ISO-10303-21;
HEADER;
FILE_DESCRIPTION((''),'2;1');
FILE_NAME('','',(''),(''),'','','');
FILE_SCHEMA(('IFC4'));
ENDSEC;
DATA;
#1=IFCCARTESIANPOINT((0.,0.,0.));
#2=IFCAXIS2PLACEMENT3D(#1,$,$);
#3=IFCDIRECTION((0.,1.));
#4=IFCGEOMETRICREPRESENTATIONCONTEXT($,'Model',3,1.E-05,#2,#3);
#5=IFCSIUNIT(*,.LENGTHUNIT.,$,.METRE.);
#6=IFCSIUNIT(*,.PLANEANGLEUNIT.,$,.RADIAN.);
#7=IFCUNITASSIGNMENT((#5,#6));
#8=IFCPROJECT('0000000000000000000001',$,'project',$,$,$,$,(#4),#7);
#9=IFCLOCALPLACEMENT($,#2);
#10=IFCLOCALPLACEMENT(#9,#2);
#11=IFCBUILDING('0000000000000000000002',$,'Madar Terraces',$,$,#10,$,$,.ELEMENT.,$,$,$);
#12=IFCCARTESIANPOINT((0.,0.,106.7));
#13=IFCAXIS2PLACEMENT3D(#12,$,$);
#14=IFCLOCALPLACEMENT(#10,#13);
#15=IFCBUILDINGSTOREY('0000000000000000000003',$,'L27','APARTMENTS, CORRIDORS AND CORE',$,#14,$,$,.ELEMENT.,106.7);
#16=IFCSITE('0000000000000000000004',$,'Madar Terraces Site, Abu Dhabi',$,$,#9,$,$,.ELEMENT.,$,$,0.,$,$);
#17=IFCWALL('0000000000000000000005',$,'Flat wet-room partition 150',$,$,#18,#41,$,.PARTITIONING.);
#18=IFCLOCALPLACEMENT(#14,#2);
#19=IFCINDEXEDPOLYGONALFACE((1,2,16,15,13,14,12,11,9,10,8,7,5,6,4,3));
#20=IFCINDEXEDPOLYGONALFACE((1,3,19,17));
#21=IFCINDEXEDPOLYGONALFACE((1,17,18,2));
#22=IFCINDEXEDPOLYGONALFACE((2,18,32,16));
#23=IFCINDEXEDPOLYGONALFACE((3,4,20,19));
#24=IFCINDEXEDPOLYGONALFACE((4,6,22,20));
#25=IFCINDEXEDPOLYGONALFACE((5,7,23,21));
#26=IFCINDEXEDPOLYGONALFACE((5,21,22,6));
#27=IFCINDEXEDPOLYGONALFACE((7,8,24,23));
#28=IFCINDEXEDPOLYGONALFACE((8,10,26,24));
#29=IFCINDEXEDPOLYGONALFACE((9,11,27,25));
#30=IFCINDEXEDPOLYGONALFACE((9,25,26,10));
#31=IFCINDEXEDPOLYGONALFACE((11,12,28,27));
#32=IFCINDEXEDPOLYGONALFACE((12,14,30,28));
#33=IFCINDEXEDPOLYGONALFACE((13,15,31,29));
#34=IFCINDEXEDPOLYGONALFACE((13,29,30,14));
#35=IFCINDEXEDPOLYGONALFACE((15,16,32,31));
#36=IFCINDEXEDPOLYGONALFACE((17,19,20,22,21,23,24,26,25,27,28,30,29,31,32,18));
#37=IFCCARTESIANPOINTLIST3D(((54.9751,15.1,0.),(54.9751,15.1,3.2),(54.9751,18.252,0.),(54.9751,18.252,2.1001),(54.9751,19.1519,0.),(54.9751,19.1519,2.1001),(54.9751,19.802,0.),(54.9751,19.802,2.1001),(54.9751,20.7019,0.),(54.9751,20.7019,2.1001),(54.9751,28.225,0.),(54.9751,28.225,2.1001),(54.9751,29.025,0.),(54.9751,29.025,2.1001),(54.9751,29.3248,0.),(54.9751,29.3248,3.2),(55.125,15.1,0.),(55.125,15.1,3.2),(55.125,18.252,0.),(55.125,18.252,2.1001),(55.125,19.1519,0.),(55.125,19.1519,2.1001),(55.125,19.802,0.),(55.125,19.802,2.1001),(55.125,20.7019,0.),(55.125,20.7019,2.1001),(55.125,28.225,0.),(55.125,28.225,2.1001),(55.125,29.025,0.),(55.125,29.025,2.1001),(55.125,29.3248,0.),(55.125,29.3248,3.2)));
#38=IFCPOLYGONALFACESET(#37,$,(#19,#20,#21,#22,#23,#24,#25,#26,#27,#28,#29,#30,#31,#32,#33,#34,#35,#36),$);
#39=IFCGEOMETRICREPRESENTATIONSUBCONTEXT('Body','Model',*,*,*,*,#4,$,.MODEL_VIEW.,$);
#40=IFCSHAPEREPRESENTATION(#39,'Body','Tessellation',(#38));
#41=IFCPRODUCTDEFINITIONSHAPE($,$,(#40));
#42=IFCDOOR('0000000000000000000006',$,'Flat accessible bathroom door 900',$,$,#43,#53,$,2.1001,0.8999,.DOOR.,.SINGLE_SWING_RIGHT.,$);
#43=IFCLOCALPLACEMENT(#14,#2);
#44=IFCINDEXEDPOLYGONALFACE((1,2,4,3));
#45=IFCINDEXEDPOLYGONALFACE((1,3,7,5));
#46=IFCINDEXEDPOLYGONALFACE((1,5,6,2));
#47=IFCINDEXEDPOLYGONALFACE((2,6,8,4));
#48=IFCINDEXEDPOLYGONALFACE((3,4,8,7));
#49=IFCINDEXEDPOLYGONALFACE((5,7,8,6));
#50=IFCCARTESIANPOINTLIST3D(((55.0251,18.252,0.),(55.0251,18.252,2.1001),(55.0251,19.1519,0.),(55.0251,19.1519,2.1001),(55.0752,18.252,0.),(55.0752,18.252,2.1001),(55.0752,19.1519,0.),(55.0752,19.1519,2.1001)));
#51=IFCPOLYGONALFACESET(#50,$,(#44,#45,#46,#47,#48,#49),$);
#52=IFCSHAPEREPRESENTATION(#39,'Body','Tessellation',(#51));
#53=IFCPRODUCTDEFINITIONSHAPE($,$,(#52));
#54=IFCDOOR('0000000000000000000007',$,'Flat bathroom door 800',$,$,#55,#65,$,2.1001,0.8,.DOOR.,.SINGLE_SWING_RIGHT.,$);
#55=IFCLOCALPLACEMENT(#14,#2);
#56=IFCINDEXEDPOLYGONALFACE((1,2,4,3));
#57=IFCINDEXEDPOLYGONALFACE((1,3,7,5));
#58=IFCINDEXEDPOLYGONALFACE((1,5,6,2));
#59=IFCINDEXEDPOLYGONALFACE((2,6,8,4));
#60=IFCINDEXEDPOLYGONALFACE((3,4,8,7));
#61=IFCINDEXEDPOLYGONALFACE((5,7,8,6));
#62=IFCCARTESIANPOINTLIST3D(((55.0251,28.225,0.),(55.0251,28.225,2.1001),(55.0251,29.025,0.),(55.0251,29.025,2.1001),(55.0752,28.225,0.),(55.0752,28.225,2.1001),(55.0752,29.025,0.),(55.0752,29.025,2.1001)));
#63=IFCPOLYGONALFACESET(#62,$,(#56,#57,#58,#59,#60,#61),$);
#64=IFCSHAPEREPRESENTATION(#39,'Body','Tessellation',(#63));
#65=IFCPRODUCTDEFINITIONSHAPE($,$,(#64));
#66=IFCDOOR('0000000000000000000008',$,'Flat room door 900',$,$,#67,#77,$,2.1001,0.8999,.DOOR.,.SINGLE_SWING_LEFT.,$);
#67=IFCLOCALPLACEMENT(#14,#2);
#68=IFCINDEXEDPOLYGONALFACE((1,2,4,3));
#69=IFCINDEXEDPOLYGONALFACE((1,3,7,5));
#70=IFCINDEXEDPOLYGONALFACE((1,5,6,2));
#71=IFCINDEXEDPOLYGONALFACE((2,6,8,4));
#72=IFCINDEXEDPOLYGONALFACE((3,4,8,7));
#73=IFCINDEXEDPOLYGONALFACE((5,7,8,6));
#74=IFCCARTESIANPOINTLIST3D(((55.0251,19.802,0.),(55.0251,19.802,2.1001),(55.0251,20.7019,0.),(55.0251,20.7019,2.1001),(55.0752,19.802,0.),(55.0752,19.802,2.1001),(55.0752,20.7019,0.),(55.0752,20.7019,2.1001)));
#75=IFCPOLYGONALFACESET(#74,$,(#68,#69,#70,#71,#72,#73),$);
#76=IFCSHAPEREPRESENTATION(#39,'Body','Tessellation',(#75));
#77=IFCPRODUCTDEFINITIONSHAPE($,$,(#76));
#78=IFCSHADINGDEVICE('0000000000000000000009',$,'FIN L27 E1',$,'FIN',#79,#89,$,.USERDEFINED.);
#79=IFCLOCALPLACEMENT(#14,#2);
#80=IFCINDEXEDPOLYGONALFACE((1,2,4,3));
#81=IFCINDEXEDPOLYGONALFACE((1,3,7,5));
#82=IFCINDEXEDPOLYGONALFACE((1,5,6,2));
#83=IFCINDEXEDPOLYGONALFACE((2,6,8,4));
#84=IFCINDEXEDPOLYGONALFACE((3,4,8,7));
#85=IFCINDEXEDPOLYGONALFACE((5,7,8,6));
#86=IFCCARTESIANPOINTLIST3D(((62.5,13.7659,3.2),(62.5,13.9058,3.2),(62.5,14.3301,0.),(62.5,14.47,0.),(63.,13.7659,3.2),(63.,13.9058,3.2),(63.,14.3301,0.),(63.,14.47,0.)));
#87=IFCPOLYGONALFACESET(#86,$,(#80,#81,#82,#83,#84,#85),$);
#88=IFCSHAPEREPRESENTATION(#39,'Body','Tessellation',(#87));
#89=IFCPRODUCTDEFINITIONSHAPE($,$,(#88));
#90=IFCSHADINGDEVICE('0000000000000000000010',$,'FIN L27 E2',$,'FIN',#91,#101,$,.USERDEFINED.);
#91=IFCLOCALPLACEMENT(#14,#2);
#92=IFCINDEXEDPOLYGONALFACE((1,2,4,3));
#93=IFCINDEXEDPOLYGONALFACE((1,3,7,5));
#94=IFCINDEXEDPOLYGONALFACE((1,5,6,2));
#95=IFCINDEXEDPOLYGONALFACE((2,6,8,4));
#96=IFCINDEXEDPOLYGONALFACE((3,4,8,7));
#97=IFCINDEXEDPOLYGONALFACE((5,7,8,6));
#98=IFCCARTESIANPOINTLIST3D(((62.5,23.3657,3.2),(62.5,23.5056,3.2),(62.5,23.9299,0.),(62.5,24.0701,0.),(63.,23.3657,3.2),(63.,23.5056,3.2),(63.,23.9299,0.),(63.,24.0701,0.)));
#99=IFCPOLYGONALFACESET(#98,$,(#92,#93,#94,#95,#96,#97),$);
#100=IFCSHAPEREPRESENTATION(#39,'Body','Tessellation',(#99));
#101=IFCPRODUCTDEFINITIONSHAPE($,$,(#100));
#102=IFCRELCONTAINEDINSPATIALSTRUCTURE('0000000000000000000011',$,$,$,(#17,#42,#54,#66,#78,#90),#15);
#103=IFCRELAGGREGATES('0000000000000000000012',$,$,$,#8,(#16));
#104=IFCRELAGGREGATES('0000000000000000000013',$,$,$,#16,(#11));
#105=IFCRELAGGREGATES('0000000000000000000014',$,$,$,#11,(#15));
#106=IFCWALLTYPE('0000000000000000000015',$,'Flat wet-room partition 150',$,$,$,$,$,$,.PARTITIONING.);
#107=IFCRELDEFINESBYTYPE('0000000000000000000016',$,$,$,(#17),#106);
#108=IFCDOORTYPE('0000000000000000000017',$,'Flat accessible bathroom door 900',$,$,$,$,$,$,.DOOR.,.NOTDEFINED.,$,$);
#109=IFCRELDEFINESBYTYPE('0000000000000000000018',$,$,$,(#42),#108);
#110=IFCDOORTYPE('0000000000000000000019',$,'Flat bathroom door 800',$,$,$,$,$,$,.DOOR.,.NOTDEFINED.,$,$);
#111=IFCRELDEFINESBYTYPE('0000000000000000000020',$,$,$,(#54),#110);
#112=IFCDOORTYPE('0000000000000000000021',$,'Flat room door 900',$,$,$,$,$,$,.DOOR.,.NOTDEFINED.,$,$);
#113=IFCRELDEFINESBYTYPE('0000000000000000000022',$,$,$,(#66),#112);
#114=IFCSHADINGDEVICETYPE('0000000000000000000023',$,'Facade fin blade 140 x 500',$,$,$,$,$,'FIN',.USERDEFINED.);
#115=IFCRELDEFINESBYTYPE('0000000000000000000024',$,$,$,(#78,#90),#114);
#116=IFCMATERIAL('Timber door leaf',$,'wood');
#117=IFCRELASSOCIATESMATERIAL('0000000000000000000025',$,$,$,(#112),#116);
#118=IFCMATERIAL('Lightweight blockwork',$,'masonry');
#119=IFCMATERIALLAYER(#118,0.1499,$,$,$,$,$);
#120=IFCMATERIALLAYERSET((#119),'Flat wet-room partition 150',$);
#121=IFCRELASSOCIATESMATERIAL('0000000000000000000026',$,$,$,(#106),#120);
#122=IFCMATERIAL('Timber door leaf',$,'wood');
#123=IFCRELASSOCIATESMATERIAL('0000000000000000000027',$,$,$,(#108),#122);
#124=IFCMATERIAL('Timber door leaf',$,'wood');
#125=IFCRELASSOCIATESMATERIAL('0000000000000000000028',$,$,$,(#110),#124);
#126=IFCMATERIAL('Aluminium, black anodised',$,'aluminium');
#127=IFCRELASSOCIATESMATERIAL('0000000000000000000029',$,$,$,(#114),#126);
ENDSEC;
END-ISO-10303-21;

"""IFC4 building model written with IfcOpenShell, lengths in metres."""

from ifc_helpers import new_model, si_unit, direction, frame, frame_2d, origin, place, context, subcontext, project, spatial, polyline, rectangle, outline, extrude, material, layer, layer_set, type_object, element, fill, save


model = new_model("IFC4")

# Units and contexts
model_context = context("Model", 3, precision=1e-05, world=origin(), true_north=direction((0.0, 1.0)))
body_context = subcontext(model_context, "Body", "Model", "MODEL_VIEW")
ifc_project = project(units=[si_unit("LENGTHUNIT", "METRE"), si_unit("PLANEANGLEUNIT", "RADIAN")], contexts=[model_context])

# Site, building, storey
site_placement = place(None, origin())
site = spatial("IfcSite", under=ifc_project, at=site_placement, Name="Madar Terraces Site, Abu Dhabi", CompositionType="ELEMENT", RefElevation=0.0)
building_placement = place(site_placement, origin())
building = spatial("IfcBuilding", under=site, at=building_placement, Name="Madar Terraces", CompositionType="ELEMENT")
storey_placement = place(building_placement, frame((0.0, 0.0, 106.7)))
storey = spatial("IfcBuildingStorey", under=building, at=storey_placement, Name="L27", Description="APARTMENTS, CORRIDORS AND CORE", CompositionType="ELEMENT", Elevation=106.7)

# Shared definitions
ifc_material_1 = material(Name="Timber door leaf", Category="wood")
door_type_1 = type_object("IfcDoorType", Name="Flat room door 900", OperationType="NOTDEFINED", PredefinedType="DOOR", material=ifc_material_1)

# Shared definitions
ifc_material_2 = material(Name="Lightweight blockwork", Category="masonry")
ifc_layer_1 = layer(ifc_material_2, 0.1499)
ifc_layer_set_1 = layer_set([ifc_layer_1], Name="Flat wet-room partition 150")
wall_type_1 = type_object("IfcWallType", Name="Flat wet-room partition 150", PredefinedType="PARTITIONING", material=ifc_layer_set_1)

# Wall, openings, doors
wall_1_placement = place(storey_placement, frame((55.05, 15.1001, 0.0), z_axis=(0.0, 0.0, 1.0), x_axis=(0.0, 1.0, 0.0)))
wall_1 = element("IfcWall", 1, at=wall_1_placement, inside=storey, type_object=wall_type_1, Name="Flat wet-room partition 150", PredefinedType="PARTITIONING", context=body_context, shape_type="SweptSolid", body=[
    extrude(rectangle(XDim=14.2249, YDim=0.1499, at=frame_2d((7.1123, 0.0))), origin(), (0.0, 0.0, 1.0), 3.2),
])
opening_1_placement = place(wall_1_placement, frame((13.125, 0.0, 0.0)))
opening_1 = element("IfcOpeningElement", 2, at=opening_1_placement, cuts=wall_1, PredefinedType="OPENING", context=body_context, shape_type="SweptSolid", body=[
    extrude(rectangle(XDim=0.8, YDim=2.1001, at=frame_2d((0.3999, 1.05))), frame((0.0, 0.085, 0.0), z_axis=(0.0, -1.0, 0.0), x_axis=(1.0, 0.0, 0.0)), (0.0, 0.0, 1.0), 0.1699),
])
opening_2_placement = place(wall_1_placement, frame((4.7019, 0.0, 0.0)))
opening_2 = element("IfcOpeningElement", 3, at=opening_2_placement, cuts=wall_1, PredefinedType="OPENING", context=body_context, shape_type="SweptSolid", body=[
    extrude(rectangle(XDim=0.8999, YDim=2.1001, at=frame_2d((0.45, 1.05))), frame((0.0, 0.085, 0.0), z_axis=(0.0, -1.0, 0.0), x_axis=(1.0, 0.0, 0.0)), (0.0, 0.0, 1.0), 0.1699),
])
opening_3_placement = place(wall_1_placement, frame((3.1519, 0.0, 0.0)))
opening_3 = element("IfcOpeningElement", 4, at=opening_3_placement, cuts=wall_1, PredefinedType="OPENING", context=body_context, shape_type="SweptSolid", body=[
    extrude(rectangle(XDim=0.8999, YDim=2.1001, at=frame_2d((0.45, 1.05))), frame((0.0, 0.085, 0.0), z_axis=(0.0, -1.0, 0.0), x_axis=(1.0, 0.0, 0.0)), (0.0, 0.0, 1.0), 0.1699),
])
ifc_material_3 = material(Name="Timber door leaf", Category="wood")
door_type_2 = type_object("IfcDoorType", Name="Flat accessible bathroom door 900", OperationType="NOTDEFINED", PredefinedType="DOOR", material=ifc_material_3)
door_1_placement = place(opening_3_placement, origin())
door_1 = element("IfcDoor", 5, at=door_1_placement, inside=storey, type_object=door_type_2, Name="Flat accessible bathroom door 900", OperationType="SINGLE_SWING_RIGHT", OverallHeight=2.1001, OverallWidth=0.8999, PredefinedType="DOOR", context=body_context, shape_type="SweptSolid", body=[
    extrude(rectangle(XDim=0.8999, YDim=2.1001, at=frame_2d((0.45, 1.05))), frame((0.0, 0.0249, 0.0), z_axis=(0.0, -1.0, 0.0), x_axis=(1.0, 0.0, 0.0)), (0.0, 0.0, 1.0), 0.05),
])
fill(opening_3, door_1)
ifc_material_4 = material(Name="Timber door leaf", Category="wood")
door_type_3 = type_object("IfcDoorType", Name="Flat bathroom door 800", OperationType="NOTDEFINED", PredefinedType="DOOR", material=ifc_material_4)
door_2_placement = place(opening_1_placement, origin())
door_2 = element("IfcDoor", 6, at=door_2_placement, inside=storey, type_object=door_type_3, Name="Flat bathroom door 800", OperationType="SINGLE_SWING_RIGHT", OverallHeight=2.1001, OverallWidth=0.8, PredefinedType="DOOR", context=body_context, shape_type="SweptSolid", body=[
    extrude(rectangle(XDim=0.8, YDim=2.1001, at=frame_2d((0.3999, 1.05))), frame((0.0, 0.0249, 0.0), z_axis=(0.0, -1.0, 0.0), x_axis=(1.0, 0.0, 0.0)), (0.0, 0.0, 1.0), 0.05),
])
fill(opening_1, door_2)
door_3_placement = place(opening_2_placement, origin())
door_3 = element("IfcDoor", 7, at=door_3_placement, inside=storey, type_object=door_type_1, Name="Flat room door 900", OperationType="SINGLE_SWING_LEFT", OverallHeight=2.1001, OverallWidth=0.8999, PredefinedType="DOOR", context=body_context, shape_type="SweptSolid", body=[
    extrude(rectangle(XDim=0.8999, YDim=2.1001, at=frame_2d((0.45, 1.05))), frame((0.0, 0.0249, 0.0), z_axis=(0.0, -1.0, 0.0), x_axis=(1.0, 0.0, 0.0)), (0.0, 0.0, 1.0), 0.05),
])
fill(opening_2, door_3)

# Shading devices
ifc_material_5 = material(Name="Aluminium, black anodised", Category="aluminium")
shading_device_type = type_object("IfcShadingDeviceType", Name="Facade fin blade 140 x 500", ElementType="FIN", PredefinedType="USERDEFINED", material=ifc_material_5)
shading_device_1_placement = place(storey_placement, frame((62.75, 14.3301, 0.0), z_axis=(0.0, 0.0, 1.0), x_axis=(0.0, 1.0, 0.0)))
element("IfcShadingDevice", 8, at=shading_device_1_placement, inside=storey, type_object=shading_device_type, Name="FIN L27 E1", ObjectType="FIN", PredefinedType="USERDEFINED", context=body_context, shape_type="SweptSolid", body=[
    extrude(outline(polyline([(0.0, 0.0), (0.1399, 0.0), (-0.4243, 3.2), (-0.5642, 3.2), (0.0, 0.0)])), frame((0.0, 0.25, 0.0), z_axis=(0.0, -1.0, 0.0), x_axis=(1.0, 0.0, 0.0)), (0.0, 0.0, 1.0), 0.5),
])
shading_device_2_placement = place(storey_placement, frame((62.75, 23.9299, 0.0), z_axis=(0.0, 0.0, 1.0), x_axis=(0.0, 1.0, 0.0)))
element("IfcShadingDevice", 9, at=shading_device_2_placement, inside=storey, type_object=shading_device_type, Name="FIN L27 E2", ObjectType="FIN", PredefinedType="USERDEFINED", context=body_context, shape_type="SweptSolid", body=[
    extrude(outline(polyline([(0.0, 0.0), (0.1401, 0.0), (-0.4243, 3.2), (-0.5642, 3.2), (0.0, 0.0)])), frame((0.0, 0.25, 0.0), z_axis=(0.0, -1.0, 0.0), x_axis=(1.0, 0.0, 0.0)), (0.0, 0.0, 1.0), 0.5),
])

save(model, "model.ifc")
